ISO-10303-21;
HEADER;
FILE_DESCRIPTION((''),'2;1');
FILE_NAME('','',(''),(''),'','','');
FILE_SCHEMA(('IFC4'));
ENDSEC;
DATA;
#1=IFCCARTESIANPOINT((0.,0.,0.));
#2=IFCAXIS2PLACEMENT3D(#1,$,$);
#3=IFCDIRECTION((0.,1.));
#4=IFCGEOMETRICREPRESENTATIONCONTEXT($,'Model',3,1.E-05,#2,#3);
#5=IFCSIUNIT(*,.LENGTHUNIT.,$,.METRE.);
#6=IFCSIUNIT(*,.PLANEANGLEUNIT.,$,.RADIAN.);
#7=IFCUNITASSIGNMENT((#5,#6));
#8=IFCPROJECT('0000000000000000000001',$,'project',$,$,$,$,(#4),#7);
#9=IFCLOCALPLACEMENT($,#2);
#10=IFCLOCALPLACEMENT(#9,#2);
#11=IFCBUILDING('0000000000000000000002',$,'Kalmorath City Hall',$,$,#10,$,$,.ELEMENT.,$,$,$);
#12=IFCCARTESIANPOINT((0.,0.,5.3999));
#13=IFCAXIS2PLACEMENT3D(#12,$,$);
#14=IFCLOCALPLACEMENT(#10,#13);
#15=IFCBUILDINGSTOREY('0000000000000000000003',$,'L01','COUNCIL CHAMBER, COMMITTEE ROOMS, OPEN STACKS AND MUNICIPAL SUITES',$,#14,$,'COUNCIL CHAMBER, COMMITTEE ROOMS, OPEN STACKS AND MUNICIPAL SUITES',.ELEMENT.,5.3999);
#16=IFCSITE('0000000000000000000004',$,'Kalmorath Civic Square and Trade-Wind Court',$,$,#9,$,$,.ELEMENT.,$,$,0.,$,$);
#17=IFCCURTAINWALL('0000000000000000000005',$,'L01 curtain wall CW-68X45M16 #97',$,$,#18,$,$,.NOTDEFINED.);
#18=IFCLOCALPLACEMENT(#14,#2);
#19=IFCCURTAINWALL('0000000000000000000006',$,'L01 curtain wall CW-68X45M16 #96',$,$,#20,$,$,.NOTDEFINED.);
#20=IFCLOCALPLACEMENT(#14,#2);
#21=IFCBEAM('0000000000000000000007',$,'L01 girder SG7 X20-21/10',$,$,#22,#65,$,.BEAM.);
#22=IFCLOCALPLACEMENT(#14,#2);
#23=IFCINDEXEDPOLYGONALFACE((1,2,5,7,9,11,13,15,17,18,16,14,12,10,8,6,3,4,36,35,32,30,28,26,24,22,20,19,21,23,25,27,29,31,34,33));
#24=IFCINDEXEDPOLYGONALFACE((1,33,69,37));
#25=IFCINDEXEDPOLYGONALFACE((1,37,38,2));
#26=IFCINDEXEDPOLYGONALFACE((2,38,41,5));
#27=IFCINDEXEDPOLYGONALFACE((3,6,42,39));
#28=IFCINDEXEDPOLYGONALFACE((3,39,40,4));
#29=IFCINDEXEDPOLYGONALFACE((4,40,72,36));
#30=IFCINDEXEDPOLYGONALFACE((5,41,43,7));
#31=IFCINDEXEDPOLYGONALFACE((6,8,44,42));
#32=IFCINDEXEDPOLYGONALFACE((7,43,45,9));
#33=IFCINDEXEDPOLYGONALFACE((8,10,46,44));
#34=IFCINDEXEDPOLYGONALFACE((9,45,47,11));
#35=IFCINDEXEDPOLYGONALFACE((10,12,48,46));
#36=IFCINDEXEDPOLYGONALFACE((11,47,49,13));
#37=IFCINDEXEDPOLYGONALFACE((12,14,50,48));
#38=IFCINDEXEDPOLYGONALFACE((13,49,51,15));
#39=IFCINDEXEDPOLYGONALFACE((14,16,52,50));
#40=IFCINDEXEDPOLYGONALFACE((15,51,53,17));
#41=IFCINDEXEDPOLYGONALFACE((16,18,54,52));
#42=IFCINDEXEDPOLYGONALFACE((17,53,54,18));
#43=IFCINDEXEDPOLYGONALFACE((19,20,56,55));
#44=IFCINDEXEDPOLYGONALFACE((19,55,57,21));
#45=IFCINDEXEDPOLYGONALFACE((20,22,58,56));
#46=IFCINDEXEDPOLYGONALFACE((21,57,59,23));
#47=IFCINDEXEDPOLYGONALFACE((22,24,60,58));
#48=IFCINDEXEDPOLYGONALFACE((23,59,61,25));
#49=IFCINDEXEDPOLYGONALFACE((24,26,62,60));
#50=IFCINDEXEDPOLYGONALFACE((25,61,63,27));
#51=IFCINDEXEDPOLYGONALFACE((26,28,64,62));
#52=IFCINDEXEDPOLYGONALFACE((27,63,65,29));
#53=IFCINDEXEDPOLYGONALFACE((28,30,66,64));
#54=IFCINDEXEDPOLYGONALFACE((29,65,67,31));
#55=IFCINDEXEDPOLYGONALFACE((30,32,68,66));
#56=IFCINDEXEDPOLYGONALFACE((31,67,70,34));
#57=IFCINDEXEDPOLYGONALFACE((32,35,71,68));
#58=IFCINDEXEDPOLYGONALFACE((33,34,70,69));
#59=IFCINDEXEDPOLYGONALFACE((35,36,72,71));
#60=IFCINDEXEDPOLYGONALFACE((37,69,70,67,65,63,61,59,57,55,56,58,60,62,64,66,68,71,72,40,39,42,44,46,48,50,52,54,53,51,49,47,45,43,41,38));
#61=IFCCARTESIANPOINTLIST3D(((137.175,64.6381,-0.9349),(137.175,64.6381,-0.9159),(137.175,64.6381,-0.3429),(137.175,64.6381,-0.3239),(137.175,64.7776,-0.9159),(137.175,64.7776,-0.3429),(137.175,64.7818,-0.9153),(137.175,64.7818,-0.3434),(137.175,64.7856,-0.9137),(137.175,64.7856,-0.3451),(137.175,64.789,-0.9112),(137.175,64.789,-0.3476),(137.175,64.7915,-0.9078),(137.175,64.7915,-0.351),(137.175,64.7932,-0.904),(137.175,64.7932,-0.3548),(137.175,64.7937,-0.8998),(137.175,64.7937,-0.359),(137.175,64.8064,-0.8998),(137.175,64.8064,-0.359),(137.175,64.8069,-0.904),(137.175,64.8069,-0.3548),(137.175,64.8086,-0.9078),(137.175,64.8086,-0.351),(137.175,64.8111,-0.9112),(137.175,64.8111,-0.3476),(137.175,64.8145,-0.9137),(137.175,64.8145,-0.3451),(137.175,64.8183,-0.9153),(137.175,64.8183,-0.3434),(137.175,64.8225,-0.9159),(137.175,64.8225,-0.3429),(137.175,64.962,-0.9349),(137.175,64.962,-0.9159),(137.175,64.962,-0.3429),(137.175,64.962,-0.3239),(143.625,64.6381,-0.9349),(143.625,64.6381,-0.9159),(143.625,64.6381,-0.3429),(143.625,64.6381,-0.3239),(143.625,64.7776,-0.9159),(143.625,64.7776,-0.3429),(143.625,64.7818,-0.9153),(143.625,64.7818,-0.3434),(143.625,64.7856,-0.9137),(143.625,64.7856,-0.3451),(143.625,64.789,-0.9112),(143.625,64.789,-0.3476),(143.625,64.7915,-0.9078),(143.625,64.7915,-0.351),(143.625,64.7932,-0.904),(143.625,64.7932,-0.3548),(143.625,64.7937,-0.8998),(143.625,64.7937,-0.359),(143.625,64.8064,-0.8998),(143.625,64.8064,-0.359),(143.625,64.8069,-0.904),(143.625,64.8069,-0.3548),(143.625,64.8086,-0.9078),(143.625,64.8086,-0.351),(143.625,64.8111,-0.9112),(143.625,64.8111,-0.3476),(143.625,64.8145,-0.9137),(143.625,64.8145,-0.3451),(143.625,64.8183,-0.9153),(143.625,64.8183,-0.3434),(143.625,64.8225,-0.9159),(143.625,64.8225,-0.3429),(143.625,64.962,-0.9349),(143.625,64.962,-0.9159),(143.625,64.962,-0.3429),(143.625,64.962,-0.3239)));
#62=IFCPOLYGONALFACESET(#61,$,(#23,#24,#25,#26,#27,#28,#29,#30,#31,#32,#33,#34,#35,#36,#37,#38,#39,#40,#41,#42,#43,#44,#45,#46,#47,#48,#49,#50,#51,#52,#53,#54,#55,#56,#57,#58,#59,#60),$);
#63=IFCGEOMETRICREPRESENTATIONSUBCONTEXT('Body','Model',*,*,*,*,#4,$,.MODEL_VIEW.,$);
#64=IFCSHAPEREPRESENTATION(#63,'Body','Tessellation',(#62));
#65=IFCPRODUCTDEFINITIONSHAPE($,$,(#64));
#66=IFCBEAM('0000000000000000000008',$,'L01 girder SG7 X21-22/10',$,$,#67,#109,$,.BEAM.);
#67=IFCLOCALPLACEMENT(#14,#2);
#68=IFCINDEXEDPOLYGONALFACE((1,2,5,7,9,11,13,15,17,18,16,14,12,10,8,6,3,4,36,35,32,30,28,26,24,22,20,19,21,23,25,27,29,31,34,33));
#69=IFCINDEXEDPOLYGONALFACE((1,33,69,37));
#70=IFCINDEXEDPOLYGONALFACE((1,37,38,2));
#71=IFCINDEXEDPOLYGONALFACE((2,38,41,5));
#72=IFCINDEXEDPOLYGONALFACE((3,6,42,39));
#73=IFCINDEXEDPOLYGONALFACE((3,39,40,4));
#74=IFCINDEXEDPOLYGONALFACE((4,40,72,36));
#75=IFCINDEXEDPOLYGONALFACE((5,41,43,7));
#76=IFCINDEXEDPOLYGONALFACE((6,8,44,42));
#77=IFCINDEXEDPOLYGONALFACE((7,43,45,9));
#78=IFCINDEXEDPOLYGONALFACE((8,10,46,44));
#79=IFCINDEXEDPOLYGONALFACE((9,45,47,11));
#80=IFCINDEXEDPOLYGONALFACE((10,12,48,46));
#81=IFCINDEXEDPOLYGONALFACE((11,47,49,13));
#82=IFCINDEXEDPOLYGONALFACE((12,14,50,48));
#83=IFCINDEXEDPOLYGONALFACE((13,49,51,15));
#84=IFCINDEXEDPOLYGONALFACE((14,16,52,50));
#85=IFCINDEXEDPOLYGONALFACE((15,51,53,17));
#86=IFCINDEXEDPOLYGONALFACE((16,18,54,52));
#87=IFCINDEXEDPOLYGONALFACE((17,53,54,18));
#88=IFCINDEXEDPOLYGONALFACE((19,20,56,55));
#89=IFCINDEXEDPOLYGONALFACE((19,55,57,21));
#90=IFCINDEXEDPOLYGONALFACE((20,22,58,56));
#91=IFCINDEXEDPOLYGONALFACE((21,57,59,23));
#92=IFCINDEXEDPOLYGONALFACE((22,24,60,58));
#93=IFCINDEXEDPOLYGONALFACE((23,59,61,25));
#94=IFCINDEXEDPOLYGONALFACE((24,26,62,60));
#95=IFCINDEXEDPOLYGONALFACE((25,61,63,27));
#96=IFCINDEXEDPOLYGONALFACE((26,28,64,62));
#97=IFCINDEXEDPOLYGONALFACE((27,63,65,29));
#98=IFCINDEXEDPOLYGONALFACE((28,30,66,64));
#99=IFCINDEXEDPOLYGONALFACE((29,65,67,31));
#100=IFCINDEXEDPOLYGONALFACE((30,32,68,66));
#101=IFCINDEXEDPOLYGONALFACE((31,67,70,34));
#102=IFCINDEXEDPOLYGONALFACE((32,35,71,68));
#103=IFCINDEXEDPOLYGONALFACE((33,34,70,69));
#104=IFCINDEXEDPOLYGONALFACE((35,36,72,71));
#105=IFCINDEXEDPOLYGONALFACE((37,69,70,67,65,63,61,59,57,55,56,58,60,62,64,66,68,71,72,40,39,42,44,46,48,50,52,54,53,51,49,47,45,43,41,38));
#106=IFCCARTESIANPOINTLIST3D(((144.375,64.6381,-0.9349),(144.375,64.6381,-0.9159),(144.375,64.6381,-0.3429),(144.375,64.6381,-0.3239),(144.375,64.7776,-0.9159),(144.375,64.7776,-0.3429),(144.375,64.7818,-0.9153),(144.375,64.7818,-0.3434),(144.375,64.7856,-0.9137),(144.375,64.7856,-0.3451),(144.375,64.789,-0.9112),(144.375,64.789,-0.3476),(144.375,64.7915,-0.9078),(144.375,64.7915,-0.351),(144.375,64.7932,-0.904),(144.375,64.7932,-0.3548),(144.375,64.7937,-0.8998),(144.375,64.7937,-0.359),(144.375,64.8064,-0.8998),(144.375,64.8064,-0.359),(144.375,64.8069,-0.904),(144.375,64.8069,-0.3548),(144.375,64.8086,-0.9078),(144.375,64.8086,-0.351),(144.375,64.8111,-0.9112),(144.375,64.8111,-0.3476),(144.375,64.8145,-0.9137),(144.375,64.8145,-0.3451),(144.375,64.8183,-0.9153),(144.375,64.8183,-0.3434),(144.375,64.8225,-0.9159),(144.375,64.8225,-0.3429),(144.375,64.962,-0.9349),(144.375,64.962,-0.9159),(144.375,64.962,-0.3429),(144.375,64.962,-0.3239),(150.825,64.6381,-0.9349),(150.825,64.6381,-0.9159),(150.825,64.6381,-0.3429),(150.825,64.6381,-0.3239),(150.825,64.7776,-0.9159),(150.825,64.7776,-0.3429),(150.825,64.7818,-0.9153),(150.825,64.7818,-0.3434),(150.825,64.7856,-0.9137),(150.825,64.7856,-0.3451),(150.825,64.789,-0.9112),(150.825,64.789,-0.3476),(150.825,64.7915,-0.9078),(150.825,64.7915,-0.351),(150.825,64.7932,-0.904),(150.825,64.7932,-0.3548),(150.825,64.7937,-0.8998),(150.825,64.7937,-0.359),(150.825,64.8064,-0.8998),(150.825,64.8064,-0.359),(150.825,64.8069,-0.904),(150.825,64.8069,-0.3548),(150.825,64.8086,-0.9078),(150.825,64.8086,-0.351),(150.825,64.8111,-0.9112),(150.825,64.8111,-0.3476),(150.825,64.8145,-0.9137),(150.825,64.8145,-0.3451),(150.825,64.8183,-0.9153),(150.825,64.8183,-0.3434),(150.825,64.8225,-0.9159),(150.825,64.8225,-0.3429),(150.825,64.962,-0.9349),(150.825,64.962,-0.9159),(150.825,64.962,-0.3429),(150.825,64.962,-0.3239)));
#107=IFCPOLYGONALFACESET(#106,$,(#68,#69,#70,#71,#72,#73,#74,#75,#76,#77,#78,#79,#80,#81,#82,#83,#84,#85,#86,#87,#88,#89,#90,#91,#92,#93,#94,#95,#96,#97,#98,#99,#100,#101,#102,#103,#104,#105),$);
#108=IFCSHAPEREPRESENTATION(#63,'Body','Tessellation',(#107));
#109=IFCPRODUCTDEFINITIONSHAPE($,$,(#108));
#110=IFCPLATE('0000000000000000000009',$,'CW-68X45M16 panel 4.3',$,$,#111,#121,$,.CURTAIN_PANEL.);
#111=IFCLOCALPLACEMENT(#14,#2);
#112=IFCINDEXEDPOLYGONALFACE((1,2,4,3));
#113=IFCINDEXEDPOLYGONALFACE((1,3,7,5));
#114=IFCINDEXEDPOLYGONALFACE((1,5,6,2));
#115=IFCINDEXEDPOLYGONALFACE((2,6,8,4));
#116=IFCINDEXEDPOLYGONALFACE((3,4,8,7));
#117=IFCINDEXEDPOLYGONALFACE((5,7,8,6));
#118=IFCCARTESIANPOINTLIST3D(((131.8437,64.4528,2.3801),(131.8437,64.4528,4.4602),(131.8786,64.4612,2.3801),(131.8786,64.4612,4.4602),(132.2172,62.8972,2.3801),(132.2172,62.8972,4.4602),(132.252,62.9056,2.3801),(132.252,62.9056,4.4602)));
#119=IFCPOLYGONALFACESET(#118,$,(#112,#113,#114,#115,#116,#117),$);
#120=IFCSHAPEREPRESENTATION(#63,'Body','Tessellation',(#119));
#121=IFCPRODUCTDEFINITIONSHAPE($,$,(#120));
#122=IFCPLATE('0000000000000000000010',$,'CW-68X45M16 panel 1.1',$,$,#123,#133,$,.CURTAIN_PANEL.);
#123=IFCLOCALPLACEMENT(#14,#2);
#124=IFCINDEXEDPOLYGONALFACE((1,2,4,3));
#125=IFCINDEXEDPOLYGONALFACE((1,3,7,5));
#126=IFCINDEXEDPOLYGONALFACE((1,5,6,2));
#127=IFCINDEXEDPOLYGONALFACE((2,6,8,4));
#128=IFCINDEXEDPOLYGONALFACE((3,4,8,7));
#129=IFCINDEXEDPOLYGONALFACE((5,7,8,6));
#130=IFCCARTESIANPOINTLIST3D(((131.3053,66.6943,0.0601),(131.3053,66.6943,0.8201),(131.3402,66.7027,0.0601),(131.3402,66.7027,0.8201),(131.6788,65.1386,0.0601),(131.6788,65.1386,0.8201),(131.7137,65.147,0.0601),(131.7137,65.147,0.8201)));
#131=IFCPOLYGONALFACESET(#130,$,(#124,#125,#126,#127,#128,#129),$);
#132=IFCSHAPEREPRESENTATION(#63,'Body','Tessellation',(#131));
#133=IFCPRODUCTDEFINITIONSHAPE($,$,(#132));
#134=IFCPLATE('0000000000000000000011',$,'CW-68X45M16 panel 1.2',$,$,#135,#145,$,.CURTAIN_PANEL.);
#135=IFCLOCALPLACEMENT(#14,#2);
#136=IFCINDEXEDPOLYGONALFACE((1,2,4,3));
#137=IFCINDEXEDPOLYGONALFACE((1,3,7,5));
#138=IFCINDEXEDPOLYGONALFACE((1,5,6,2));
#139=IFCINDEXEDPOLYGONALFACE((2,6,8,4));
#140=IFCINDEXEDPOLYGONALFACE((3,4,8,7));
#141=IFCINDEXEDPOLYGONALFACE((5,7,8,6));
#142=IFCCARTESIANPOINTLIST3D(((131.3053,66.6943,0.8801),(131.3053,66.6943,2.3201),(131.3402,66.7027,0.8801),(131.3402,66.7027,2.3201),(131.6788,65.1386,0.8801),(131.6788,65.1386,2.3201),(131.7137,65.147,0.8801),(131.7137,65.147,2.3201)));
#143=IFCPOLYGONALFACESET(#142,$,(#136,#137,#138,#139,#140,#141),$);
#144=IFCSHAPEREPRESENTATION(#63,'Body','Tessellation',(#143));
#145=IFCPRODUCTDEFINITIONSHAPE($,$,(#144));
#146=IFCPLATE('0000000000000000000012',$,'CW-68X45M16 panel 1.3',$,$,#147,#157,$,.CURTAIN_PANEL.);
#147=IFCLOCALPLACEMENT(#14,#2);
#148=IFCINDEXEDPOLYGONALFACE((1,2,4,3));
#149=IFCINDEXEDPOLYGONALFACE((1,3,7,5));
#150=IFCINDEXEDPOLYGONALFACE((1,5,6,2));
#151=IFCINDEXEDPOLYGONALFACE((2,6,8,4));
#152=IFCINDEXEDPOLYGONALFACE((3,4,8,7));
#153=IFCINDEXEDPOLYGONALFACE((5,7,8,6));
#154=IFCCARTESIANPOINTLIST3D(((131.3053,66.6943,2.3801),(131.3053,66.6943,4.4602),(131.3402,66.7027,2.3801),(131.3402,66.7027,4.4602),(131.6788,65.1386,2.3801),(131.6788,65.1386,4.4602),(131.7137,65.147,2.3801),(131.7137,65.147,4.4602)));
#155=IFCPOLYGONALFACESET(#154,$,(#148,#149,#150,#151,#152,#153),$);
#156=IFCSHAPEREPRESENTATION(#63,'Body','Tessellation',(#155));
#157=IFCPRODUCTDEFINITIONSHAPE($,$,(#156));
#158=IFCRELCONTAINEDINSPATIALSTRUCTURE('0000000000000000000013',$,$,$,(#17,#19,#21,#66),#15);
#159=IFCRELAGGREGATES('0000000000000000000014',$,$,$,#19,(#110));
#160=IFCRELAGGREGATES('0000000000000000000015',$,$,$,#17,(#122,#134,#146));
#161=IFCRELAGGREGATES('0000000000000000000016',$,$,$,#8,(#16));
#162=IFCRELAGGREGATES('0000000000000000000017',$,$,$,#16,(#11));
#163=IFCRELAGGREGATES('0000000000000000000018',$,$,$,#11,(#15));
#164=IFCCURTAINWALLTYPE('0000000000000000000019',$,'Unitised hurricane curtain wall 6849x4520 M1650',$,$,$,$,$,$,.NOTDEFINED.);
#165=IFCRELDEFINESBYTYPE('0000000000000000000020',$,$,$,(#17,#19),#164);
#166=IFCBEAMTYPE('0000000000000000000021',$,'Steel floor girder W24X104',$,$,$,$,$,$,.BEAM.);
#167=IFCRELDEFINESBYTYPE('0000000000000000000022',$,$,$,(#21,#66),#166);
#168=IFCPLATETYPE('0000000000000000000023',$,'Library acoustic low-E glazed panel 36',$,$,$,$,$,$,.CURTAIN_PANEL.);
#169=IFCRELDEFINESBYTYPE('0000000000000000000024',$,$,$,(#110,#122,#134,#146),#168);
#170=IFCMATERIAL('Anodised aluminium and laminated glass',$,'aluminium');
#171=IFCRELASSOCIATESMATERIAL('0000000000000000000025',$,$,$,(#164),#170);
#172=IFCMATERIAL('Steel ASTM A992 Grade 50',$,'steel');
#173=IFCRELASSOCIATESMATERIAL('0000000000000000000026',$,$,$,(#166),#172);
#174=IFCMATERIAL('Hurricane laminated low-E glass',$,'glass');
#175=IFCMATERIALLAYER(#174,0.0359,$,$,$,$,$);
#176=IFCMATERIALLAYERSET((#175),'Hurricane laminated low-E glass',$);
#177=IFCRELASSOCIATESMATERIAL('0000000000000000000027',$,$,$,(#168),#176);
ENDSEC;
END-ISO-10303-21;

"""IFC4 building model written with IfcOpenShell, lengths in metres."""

from ifc_helpers import new_model, si_unit, direction, frame, origin, origin_2d, place, context, subcontext, project, spatial, rectangle, i_section, extrude, material, layer, layer_set, material_profile, profile_set, type_object, element, aggregate, save


model = new_model("IFC4")

# Units and contexts
model_context = context("Model", 3, precision=1e-05, world=origin(), true_north=direction((0.0, 1.0)))
body_context = subcontext(model_context, "Body", "Model", "MODEL_VIEW")
ifc_project = project(units=[si_unit("LENGTHUNIT", "METRE"), si_unit("PLANEANGLEUNIT", "RADIAN")], contexts=[model_context])

# Site, building, storey
site_placement = place(None, origin())
site = spatial("IfcSite", under=ifc_project, at=site_placement, Name="Kalmorath Civic Square and Trade-Wind Court", CompositionType="ELEMENT", RefElevation=0.0)
building_placement = place(site_placement, origin())
building = spatial("IfcBuilding", under=site, at=building_placement, Name="Kalmorath City Hall", CompositionType="ELEMENT")
storey_placement = place(building_placement, frame((0.0, 0.0, 5.3999)))
storey = spatial("IfcBuildingStorey", under=building, at=storey_placement, Name="L01", Description="COUNCIL CHAMBER, COMMITTEE ROOMS, OPEN STACKS AND MUNICIPAL SUITES", LongName="COUNCIL CHAMBER, COMMITTEE ROOMS, OPEN STACKS AND MUNICIPAL SUITES", CompositionType="ELEMENT", Elevation=5.3999)

# Curtain wall
ifc_material_1 = material(Name="Anodised aluminium and laminated glass", Category="aluminium")
curtain_wall_type = type_object("IfcCurtainWallType", Name="Unitised hurricane curtain wall 6849x4520 M1650", PredefinedType="NOTDEFINED", material=ifc_material_1)
curtain_wall_1_placement = place(storey_placement, origin())
curtain_wall_1 = element("IfcCurtainWall", 1, at=curtain_wall_1_placement, inside=storey, type_object=curtain_wall_type, Name="L01 curtain wall CW-68X45M16 #97", PredefinedType="NOTDEFINED")

# Curtain wall
curtain_wall_2_placement = place(storey_placement, origin())
curtain_wall_2 = element("IfcCurtainWall", 2, at=curtain_wall_2_placement, inside=storey, type_object=curtain_wall_type, Name="L01 curtain wall CW-68X45M16 #96", PredefinedType="NOTDEFINED")

# Beams
ifc_material_2 = material(Name="Steel ASTM A992 Grade 50", Category="steel")
ifc_material_profile_1 = material_profile(ifc_material_2, i_section(OverallWidth=0.324, OverallDepth=0.6111, WebThickness=0.0127, FlangeThickness=0.019, FilletRadius=0.0161, at=origin_2d()), Name="W24X104")
ifc_profile_set_1 = profile_set([ifc_material_profile_1], Name="Steel ASTM A992 Grade 50")
beam_type_1 = type_object("IfcBeamType", Name="Steel floor girder W24X104", PredefinedType="BEAM", material=ifc_profile_set_1)
for number, where, z_axis, x_axis, name in (
    (3, (137.175, 64.8, -0.6294), (1.0, 0.0, 0.0), (0.0, 1.0, 0.0), "L01 girder SG7 X20-21/10"),
    (4, (144.375, 64.8, -0.6294), (1.0, 0.0, 0.0), (0.0, 1.0, 0.0), "L01 girder SG7 X21-22/10"),
):
    element("IfcBeam", number, at=place(storey_placement, frame(where, z_axis=z_axis, x_axis=x_axis)), inside=storey, type_object=beam_type_1, Name=name, PredefinedType="BEAM", context=body_context, shape_type="SweptSolid", body=[
        extrude(i_section(OverallWidth=0.324, OverallDepth=0.6111, WebThickness=0.0127, FlangeThickness=0.019, FilletRadius=0.0161, at=origin_2d()), origin(), (0.0, 0.0, 1.0), 6.45),
    ])

# Plates
ifc_material_3 = material(Name="Hurricane laminated low-E glass", Category="glass")
ifc_layer = layer(ifc_material_3, 0.0359)
ifc_layer_set = layer_set([ifc_layer], Name="Hurricane laminated low-E glass")
plate_type = type_object("IfcPlateType", Name="Library acoustic low-E glazed panel 36", PredefinedType="CURTAIN_PANEL", material=ifc_layer_set)
plate_1_placement = place(storey_placement, frame((132.0479, 63.6792, 2.3801), z_axis=(0.0, 0.0, 1.0), x_axis=(-0.233456, 0.972367, 0.0)))
plate_1 = element("IfcPlate", 5, at=plate_1_placement, type_object=plate_type, Name="CW-68X45M16 panel 4.3", PredefinedType="CURTAIN_PANEL", context=body_context, shape_type="SweptSolid", body=[
    extrude(rectangle(XDim=1.5999, YDim=0.0359, at=origin_2d()), origin(), (0.0, 0.0, 1.0), 2.0801),
])
aggregate(curtain_wall_2, [plate_1])
plate_2_placement = place(storey_placement, frame((131.5095, 65.9207, 0.0601), z_axis=(0.0, 0.0, 1.0), x_axis=(-0.233442, 0.972371, 0.0)))
plate_2 = element("IfcPlate", 6, at=plate_2_placement, type_object=plate_type, Name="CW-68X45M16 panel 1.1", PredefinedType="CURTAIN_PANEL", context=body_context, shape_type="SweptSolid", body=[
    extrude(rectangle(XDim=1.5999, YDim=0.0359, at=origin_2d()), origin(), (0.0, 0.0, 1.0), 0.76),
])
plate_3_placement = place(storey_placement, frame((131.5095, 65.9207, 0.8801), z_axis=(0.0, 0.0, 1.0), x_axis=(-0.233442, 0.972371, 0.0)))
plate_3 = element("IfcPlate", 7, at=plate_3_placement, type_object=plate_type, Name="CW-68X45M16 panel 1.2", PredefinedType="CURTAIN_PANEL", context=body_context, shape_type="SweptSolid", body=[
    extrude(rectangle(XDim=1.5999, YDim=0.0359, at=origin_2d()), origin(), (0.0, 0.0, 1.0), 1.4399),
])
plate_4_placement = place(storey_placement, frame((131.5095, 65.9207, 2.3801), z_axis=(0.0, 0.0, 1.0), x_axis=(-0.233442, 0.972371, 0.0)))
plate_4 = element("IfcPlate", 8, at=plate_4_placement, type_object=plate_type, Name="CW-68X45M16 panel 1.3", PredefinedType="CURTAIN_PANEL", context=body_context, shape_type="SweptSolid", body=[
    extrude(rectangle(XDim=1.5999, YDim=0.0359, at=origin_2d()), origin(), (0.0, 0.0, 1.0), 2.0801),
])
aggregate(curtain_wall_1, [plate_2, plate_3, plate_4])

save(model, "model.ifc")
